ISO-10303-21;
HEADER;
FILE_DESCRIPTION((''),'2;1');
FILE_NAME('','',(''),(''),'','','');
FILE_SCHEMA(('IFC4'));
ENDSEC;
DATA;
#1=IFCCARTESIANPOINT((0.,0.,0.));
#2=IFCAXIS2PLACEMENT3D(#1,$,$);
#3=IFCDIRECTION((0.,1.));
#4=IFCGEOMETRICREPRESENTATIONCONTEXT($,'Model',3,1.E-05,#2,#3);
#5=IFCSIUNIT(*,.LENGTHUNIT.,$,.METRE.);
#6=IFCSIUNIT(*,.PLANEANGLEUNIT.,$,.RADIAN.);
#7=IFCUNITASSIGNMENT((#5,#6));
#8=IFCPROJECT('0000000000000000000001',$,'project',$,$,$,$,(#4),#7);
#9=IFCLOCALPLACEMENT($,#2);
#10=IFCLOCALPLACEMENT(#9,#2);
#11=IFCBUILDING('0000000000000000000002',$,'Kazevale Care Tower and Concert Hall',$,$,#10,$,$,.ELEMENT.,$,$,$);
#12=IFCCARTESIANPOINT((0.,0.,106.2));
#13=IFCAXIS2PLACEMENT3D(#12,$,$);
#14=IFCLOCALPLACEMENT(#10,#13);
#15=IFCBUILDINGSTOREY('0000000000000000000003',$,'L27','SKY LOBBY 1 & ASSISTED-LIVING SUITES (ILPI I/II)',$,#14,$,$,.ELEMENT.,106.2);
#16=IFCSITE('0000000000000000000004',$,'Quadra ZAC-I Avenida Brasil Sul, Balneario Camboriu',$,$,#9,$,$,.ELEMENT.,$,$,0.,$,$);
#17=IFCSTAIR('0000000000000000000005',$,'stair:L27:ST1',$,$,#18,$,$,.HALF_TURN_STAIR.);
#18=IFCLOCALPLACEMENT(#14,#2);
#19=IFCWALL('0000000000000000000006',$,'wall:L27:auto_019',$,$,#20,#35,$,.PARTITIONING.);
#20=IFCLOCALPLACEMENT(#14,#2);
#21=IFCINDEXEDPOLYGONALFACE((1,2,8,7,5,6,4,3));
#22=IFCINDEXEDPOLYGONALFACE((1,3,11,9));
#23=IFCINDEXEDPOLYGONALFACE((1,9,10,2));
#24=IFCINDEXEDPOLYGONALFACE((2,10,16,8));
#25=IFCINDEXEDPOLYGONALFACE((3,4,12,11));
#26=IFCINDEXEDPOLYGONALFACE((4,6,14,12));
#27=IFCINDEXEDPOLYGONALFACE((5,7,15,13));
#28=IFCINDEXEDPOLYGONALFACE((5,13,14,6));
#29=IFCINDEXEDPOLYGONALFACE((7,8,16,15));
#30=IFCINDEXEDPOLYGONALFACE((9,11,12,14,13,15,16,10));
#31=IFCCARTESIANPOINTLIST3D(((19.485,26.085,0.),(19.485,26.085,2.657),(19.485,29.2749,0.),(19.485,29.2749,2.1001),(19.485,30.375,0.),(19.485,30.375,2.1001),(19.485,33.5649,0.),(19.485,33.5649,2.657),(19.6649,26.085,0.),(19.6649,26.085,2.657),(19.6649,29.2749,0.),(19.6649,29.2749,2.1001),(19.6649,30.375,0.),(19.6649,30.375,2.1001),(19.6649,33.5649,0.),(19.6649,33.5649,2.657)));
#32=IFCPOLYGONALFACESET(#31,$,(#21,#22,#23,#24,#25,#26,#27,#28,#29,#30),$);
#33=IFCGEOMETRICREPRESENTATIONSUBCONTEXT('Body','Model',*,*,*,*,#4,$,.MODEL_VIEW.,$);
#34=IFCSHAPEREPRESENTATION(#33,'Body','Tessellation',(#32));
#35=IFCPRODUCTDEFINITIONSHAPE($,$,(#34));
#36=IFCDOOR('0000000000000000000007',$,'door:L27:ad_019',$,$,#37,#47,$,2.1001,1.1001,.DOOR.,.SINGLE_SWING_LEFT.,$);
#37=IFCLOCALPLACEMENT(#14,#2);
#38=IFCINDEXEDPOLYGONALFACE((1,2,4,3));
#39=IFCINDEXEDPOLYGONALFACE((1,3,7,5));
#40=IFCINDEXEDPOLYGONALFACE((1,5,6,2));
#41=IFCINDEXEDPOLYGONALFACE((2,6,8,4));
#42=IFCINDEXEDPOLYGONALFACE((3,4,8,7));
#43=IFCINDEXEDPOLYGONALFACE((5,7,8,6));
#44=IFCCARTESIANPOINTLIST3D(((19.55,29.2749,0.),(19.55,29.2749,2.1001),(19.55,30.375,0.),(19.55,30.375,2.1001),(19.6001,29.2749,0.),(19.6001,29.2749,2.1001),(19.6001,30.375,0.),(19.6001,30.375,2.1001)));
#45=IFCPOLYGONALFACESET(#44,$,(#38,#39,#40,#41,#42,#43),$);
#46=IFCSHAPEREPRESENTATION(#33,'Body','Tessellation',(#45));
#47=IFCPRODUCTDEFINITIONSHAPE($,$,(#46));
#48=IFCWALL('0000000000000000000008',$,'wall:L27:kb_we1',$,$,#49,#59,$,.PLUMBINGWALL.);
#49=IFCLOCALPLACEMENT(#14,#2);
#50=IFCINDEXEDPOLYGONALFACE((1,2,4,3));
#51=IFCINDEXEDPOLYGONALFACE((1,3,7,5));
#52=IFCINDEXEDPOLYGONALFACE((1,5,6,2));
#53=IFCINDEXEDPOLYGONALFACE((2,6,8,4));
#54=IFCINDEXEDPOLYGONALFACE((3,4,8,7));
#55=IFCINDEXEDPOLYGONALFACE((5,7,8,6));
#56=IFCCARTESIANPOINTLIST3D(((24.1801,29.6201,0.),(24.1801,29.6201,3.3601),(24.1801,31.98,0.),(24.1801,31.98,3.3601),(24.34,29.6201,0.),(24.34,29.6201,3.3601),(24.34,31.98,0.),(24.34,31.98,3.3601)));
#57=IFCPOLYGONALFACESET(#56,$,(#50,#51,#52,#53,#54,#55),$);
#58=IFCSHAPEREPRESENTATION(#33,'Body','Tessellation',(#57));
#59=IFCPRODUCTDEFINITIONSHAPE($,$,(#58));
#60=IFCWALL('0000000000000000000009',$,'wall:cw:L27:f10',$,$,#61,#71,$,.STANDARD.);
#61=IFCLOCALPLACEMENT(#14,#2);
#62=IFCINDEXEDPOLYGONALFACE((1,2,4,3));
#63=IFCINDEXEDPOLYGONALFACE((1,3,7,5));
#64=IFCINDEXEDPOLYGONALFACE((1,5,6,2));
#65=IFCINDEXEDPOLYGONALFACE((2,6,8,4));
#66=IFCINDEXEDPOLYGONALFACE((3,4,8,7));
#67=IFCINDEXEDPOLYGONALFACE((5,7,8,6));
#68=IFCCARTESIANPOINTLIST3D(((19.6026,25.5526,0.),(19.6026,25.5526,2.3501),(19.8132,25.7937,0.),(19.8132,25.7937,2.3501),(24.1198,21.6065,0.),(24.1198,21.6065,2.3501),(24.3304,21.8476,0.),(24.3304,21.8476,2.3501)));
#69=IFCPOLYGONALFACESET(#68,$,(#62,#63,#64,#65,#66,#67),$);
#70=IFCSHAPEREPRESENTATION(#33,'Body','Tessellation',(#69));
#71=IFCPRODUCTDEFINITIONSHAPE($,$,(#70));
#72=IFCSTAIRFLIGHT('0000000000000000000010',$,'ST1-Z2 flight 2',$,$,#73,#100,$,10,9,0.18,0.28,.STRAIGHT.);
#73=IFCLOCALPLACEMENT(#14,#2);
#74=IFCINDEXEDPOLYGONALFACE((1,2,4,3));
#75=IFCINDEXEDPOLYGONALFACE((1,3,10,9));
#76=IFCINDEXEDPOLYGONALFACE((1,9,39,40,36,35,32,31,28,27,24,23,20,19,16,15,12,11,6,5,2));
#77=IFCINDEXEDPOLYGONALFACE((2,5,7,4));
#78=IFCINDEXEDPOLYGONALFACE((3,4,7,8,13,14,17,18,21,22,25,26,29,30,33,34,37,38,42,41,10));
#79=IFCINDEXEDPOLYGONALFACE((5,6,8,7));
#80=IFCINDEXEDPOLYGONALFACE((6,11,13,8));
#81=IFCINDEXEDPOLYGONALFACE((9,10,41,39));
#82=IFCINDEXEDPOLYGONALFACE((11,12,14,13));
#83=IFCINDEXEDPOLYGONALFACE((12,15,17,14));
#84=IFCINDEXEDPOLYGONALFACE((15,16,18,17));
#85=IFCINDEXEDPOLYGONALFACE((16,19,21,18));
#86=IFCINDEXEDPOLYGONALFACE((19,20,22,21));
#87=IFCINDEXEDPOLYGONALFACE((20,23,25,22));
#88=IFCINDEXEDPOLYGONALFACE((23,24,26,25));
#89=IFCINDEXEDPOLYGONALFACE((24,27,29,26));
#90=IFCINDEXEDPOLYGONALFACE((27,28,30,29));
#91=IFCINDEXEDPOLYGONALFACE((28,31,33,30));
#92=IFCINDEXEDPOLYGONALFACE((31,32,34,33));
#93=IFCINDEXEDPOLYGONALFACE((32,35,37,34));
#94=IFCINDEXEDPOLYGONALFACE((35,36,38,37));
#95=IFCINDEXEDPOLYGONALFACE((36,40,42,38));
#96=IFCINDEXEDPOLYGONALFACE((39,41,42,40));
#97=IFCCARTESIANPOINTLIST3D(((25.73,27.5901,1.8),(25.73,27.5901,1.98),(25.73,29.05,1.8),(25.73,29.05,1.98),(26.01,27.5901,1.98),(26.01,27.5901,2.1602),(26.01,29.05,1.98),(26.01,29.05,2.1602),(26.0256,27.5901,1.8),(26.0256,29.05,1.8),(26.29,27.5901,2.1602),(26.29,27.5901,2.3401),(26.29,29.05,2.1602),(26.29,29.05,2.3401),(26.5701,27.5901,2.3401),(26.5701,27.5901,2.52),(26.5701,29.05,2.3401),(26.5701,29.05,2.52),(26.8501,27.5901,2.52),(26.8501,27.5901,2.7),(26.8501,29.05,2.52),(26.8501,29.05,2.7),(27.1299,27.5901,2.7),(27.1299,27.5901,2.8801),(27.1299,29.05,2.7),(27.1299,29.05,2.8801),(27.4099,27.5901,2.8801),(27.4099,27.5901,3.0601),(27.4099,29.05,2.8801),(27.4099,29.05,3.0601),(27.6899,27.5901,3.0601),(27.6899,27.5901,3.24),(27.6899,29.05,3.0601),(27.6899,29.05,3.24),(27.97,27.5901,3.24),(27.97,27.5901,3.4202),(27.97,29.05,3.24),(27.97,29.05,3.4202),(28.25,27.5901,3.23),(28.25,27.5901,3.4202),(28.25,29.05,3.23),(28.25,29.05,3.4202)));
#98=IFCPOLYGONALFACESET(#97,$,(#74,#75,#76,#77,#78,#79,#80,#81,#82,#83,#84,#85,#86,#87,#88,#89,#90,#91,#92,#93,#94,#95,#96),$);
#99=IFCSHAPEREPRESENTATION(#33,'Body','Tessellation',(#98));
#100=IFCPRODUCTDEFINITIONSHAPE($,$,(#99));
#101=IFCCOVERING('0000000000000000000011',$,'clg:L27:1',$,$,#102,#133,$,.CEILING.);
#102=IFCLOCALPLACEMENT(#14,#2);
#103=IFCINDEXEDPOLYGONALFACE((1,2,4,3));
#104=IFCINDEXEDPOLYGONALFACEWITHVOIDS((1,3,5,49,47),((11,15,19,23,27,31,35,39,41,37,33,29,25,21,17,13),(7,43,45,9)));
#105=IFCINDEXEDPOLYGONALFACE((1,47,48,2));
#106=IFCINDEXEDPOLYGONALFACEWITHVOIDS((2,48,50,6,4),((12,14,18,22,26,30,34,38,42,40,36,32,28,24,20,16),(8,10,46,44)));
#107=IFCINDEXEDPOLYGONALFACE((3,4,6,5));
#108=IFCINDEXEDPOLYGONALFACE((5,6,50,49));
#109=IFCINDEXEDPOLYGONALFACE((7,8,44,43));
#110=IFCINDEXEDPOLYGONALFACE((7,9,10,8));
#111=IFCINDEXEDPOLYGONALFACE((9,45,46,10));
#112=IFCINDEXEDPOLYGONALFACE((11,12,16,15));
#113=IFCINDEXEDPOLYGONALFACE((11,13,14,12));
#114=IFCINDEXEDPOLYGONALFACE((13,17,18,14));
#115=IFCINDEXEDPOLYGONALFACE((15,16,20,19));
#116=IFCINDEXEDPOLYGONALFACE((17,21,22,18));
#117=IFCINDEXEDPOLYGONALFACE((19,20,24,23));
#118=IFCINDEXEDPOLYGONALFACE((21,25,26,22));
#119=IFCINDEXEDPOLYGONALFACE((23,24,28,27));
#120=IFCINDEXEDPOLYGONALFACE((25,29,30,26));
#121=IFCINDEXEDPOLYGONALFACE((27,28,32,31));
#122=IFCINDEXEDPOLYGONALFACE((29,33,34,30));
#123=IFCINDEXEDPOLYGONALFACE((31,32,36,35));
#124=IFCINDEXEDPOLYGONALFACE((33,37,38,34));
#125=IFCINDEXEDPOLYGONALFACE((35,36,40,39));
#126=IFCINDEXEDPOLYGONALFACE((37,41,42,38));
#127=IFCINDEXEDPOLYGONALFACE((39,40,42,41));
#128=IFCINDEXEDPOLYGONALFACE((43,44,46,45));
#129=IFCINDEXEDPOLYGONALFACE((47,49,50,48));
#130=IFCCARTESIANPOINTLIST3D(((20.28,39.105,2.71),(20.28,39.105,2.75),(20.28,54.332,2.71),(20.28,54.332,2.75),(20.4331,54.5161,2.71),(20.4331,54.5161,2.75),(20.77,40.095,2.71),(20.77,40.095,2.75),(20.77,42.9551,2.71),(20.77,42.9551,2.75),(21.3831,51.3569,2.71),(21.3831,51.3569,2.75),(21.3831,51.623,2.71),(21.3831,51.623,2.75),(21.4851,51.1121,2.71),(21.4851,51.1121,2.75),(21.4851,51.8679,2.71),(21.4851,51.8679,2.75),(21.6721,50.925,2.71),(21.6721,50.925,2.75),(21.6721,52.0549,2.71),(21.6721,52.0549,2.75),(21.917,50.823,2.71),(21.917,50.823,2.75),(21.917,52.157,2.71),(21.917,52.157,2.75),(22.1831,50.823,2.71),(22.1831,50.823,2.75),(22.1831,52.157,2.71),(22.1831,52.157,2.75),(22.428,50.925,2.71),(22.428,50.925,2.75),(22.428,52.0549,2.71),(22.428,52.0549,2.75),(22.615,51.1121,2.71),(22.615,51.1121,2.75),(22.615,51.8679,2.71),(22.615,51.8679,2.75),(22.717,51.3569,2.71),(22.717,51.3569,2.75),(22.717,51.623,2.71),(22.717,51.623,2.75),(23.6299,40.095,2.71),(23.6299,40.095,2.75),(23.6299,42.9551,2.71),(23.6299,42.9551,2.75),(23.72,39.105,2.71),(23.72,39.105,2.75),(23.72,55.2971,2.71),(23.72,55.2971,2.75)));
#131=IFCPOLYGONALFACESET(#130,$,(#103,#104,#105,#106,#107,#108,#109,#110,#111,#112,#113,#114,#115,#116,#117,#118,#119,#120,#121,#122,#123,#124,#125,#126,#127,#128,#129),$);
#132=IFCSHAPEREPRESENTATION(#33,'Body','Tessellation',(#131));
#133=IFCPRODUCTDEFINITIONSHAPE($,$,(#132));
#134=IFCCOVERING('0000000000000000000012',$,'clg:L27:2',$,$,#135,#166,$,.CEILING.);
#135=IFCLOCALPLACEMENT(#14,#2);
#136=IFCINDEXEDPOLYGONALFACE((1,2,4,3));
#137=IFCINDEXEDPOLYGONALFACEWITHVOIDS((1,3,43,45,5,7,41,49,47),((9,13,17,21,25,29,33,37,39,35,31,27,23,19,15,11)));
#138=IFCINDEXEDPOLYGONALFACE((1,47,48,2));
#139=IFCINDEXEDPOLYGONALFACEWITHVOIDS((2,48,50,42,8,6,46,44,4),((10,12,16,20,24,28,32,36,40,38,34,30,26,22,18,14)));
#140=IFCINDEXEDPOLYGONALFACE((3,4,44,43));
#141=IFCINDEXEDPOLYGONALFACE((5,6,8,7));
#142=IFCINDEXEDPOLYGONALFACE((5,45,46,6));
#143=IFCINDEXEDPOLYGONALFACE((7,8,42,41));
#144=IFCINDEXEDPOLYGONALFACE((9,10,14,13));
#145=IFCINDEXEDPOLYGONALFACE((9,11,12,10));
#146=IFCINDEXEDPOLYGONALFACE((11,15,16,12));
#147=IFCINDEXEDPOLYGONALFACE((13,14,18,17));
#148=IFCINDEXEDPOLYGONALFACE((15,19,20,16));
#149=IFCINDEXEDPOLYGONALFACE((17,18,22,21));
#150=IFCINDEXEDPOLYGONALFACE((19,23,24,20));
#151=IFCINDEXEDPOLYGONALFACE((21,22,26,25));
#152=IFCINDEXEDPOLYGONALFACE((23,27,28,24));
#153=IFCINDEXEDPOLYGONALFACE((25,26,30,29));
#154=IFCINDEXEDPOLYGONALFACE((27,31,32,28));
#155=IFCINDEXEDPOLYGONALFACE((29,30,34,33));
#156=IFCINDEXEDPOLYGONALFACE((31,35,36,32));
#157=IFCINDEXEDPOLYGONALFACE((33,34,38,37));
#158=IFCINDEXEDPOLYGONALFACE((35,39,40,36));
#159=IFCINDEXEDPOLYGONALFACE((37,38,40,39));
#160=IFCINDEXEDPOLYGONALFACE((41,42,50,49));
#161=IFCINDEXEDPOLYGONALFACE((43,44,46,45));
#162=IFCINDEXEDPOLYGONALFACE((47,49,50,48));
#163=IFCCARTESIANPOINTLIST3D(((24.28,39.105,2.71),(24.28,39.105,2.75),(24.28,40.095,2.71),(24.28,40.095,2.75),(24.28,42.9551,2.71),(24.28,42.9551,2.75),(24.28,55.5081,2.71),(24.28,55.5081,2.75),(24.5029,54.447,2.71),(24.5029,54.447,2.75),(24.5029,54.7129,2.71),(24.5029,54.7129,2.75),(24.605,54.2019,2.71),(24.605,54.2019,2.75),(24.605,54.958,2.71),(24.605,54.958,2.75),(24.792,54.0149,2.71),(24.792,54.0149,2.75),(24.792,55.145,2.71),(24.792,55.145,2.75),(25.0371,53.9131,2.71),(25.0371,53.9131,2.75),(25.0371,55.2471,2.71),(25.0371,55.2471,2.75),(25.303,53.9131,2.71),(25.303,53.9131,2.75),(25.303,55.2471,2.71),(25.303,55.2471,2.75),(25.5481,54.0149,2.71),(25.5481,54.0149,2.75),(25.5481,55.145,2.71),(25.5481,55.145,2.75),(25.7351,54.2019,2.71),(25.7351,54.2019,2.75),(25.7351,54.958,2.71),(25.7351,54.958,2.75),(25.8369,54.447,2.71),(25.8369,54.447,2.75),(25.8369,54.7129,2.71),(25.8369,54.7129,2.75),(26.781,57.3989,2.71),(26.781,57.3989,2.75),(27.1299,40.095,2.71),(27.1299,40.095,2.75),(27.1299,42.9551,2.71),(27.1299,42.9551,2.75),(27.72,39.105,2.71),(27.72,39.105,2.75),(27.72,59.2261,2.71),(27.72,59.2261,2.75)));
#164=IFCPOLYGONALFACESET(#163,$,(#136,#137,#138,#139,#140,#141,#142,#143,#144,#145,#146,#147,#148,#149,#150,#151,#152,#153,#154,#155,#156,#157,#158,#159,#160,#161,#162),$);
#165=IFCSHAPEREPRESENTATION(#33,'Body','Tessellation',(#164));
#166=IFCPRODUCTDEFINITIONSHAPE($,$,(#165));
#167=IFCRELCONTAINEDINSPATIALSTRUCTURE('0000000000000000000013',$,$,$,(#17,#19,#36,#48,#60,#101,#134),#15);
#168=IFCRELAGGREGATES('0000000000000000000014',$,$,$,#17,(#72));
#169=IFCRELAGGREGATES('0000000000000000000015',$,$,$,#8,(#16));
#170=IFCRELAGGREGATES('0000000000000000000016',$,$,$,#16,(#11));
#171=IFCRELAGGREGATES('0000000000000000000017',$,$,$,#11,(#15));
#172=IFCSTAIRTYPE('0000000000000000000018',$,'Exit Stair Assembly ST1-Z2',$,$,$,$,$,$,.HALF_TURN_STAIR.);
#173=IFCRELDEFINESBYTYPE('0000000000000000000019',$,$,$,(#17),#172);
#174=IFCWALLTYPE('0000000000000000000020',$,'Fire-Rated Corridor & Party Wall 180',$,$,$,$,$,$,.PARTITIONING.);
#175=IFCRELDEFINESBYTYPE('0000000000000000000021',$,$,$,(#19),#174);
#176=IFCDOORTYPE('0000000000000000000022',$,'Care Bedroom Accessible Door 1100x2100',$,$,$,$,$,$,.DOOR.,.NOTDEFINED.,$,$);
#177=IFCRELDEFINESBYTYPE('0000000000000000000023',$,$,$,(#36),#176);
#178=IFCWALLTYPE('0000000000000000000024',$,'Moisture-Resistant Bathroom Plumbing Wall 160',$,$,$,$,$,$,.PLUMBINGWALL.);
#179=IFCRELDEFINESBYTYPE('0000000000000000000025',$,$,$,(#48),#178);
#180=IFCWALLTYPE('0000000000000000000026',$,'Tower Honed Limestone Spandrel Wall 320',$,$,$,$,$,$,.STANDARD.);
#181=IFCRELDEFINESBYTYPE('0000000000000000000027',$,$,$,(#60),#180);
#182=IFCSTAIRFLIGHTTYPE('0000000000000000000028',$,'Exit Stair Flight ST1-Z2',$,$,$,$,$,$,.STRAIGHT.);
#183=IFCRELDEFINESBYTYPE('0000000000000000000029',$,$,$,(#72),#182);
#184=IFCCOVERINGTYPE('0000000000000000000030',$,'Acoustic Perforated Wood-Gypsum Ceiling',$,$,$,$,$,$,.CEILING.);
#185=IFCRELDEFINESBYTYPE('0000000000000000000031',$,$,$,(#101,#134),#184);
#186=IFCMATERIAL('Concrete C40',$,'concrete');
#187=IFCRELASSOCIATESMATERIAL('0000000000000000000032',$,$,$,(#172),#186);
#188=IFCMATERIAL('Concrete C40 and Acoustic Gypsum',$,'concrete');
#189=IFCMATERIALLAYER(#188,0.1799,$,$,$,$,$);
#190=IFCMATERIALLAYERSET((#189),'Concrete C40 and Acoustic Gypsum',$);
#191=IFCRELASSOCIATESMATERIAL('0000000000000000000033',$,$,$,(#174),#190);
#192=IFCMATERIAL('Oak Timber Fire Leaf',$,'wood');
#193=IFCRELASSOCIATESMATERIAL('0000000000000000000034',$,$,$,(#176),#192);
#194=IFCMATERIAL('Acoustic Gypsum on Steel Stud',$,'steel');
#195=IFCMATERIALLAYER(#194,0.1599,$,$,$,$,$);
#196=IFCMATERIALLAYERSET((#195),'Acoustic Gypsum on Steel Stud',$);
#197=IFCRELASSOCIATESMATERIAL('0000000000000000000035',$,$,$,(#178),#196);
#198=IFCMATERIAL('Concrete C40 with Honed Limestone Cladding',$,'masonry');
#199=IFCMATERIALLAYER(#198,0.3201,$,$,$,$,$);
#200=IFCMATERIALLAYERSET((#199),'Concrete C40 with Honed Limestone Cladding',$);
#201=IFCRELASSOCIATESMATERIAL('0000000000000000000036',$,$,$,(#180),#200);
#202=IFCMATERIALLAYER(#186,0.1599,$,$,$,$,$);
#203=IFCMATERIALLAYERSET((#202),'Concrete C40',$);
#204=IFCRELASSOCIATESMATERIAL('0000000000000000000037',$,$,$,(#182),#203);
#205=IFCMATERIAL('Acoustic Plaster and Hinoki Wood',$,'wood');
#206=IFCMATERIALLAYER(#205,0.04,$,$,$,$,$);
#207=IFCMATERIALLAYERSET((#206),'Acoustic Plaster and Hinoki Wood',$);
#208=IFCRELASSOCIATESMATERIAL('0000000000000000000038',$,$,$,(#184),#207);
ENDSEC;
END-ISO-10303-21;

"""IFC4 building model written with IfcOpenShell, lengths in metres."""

from ifc_helpers import new_model, si_unit, direction, frame, frame_2d, origin, place, context, subcontext, project, spatial, polyline, rectangle, outline, extrude, material, layer, layer_set, type_object, element, fill, aggregate, save


model = new_model("IFC4")

# Units and contexts
model_context = context("Model", 3, precision=1e-05, world=origin(), true_north=direction((0.0, 1.0)))
body_context = subcontext(model_context, "Body", "Model", "MODEL_VIEW")
ifc_project = project(units=[si_unit("LENGTHUNIT", "METRE"), si_unit("PLANEANGLEUNIT", "RADIAN")], contexts=[model_context])

# Site, building, storey
site_placement = place(None, origin())
site = spatial("IfcSite", under=ifc_project, at=site_placement, Name="Quadra ZAC-I Avenida Brasil Sul, Balneario Camboriu", CompositionType="ELEMENT", RefElevation=0.0)
building_placement = place(site_placement, origin())
building = spatial("IfcBuilding", under=site, at=building_placement, Name="Kazevale Care Tower and Concert Hall", CompositionType="ELEMENT")
storey_placement = place(building_placement, frame((0.0, 0.0, 106.2)))
storey = spatial("IfcBuildingStorey", under=building, at=storey_placement, Name="L27", Description="SKY LOBBY 1 & ASSISTED-LIVING SUITES (ILPI I/II)", CompositionType="ELEMENT", Elevation=106.2)

# Shared definitions
ifc_material_1 = material(Name="Concrete C40", Category="concrete")

# Stair
stair_type = type_object("IfcStairType", Name="Exit Stair Assembly ST1-Z2", PredefinedType="HALF_TURN_STAIR", material=ifc_material_1)
stair_1_placement = place(storey_placement, origin())
stair_1 = element("IfcStair", 1, at=stair_1_placement, inside=storey, type_object=stair_type, Name="stair:L27:ST1", PredefinedType="HALF_TURN_STAIR")

# Wall, opening, door
ifc_material_2 = material(Name="Concrete C40 and Acoustic Gypsum", Category="concrete")
ifc_layer_1 = layer(ifc_material_2, 0.1799)
ifc_layer_set_1 = layer_set([ifc_layer_1], Name="Concrete C40 and Acoustic Gypsum")
wall_type_1 = type_object("IfcWallType", Name="Fire-Rated Corridor & Party Wall 180", PredefinedType="PARTITIONING", material=ifc_layer_set_1)
wall_1_placement = place(storey_placement, frame((19.575, 26.085, 0.0), z_axis=(0.0, 0.0, 1.0), x_axis=(0.0, 1.0, 0.0)))
wall_1 = element("IfcWall", 2, at=wall_1_placement, inside=storey, type_object=wall_type_1, Name="wall:L27:auto_019", PredefinedType="PARTITIONING", context=body_context, shape_type="SweptSolid", body=[
    extrude(rectangle(XDim=7.48, YDim=0.1799, at=frame_2d((3.74, 0.0))), origin(), (0.0, 0.0, 1.0), 2.657),
])
opening_1_placement = place(wall_1_placement, frame((3.1899, 0.0, 0.0)))
opening_1 = element("IfcOpeningElement", 3, at=opening_1_placement, cuts=wall_1, PredefinedType="OPENING", context=body_context, shape_type="SweptSolid", body=[
    extrude(rectangle(XDim=1.1001, YDim=2.1001, at=frame_2d((0.55, 1.05))), frame((0.0, 0.0999, 0.0), z_axis=(0.0, -1.0, 0.0), x_axis=(1.0, 0.0, 0.0)), (0.0, 0.0, 1.0), 0.2),
])
ifc_material_3 = material(Name="Oak Timber Fire Leaf", Category="wood")
door_type_1 = type_object("IfcDoorType", Name="Care Bedroom Accessible Door 1100x2100", OperationType="NOTDEFINED", PredefinedType="DOOR", material=ifc_material_3)
door_1_placement = place(opening_1_placement, origin())
door_1 = element("IfcDoor", 4, at=door_1_placement, inside=storey, type_object=door_type_1, Name="door:L27:ad_019", OperationType="SINGLE_SWING_LEFT", OverallHeight=2.1001, OverallWidth=1.1001, PredefinedType="DOOR", context=body_context, shape_type="SweptSolid", body=[
    extrude(rectangle(XDim=1.1001, YDim=2.1001, at=frame_2d((0.55, 1.05))), frame((0.0, 0.0249, 0.0), z_axis=(0.0, -1.0, 0.0), x_axis=(1.0, 0.0, 0.0)), (0.0, 0.0, 1.0), 0.05),
])
fill(opening_1, door_1)

# Walls
ifc_material_4 = material(Name="Acoustic Gypsum on Steel Stud", Category="steel")
ifc_layer_2 = layer(ifc_material_4, 0.1599)
ifc_layer_set_2 = layer_set([ifc_layer_2], Name="Acoustic Gypsum on Steel Stud")
wall_type_2 = type_object("IfcWallType", Name="Moisture-Resistant Bathroom Plumbing Wall 160", PredefinedType="PLUMBINGWALL", material=ifc_layer_set_2)
wall_2_placement = place(storey_placement, frame((24.26, 29.6201, 0.0), z_axis=(0.0, 0.0, 1.0), x_axis=(0.0, 1.0, 0.0)))
element("IfcWall", 5, at=wall_2_placement, inside=storey, type_object=wall_type_2, Name="wall:L27:kb_we1", PredefinedType="PLUMBINGWALL", context=body_context, shape_type="SweptSolid", body=[
    extrude(rectangle(XDim=2.3599, YDim=0.1599, at=frame_2d((1.1799, 0.0))), origin(), (0.0, 0.0, 1.0), 3.3601),
])
ifc_material_5 = material(Name="Concrete C40 with Honed Limestone Cladding", Category="masonry")
ifc_layer_3 = layer(ifc_material_5, 0.3201)
ifc_layer_set_3 = layer_set([ifc_layer_3], Name="Concrete C40 with Honed Limestone Cladding")
wall_type_3 = type_object("IfcWallType", Name="Tower Honed Limestone Spandrel Wall 320", PredefinedType="STANDARD", material=ifc_layer_set_3)
wall_3_placement = place(storey_placement, frame((24.2251, 21.7271, 0.0), z_axis=(0.0, 0.0, 1.0), x_axis=(-0.753106, 0.657899, 0.0)))
element("IfcWall", 6, at=wall_3_placement, inside=storey, type_object=wall_type_3, Name="wall:cw:L27:f10", PredefinedType="STANDARD", context=body_context, shape_type="SweptSolid", body=[
    extrude(rectangle(XDim=5.998, YDim=0.3201, at=frame_2d((2.999, 0.0))), origin(), (0.0, 0.0, 1.0), 2.3501),
])

# Stair flight
ifc_layer_4 = layer(ifc_material_1, 0.1599)
ifc_layer_set_4 = layer_set([ifc_layer_4], Name="Concrete C40")
stair_flight_type = type_object("IfcStairFlightType", Name="Exit Stair Flight ST1-Z2", PredefinedType="STRAIGHT", material=ifc_layer_set_4)
stair_flight_placement = place(storey_placement, frame((25.73, 28.3201, 1.8), z_axis=(0.0, 0.0, 1.0), x_axis=(1.0, 0.0, 0.0)))
stair_flight = element("IfcStairFlight", 7, at=stair_flight_placement, type_object=stair_flight_type, Name="ST1-Z2 flight 2", NumberOfRisers=10, NumberOfTreads=9, PredefinedType="STRAIGHT", RiserHeight=0.18, TreadLength=0.28, context=body_context, shape_type="SweptSolid", body=[
    extrude(outline(polyline([(0.0, 0.0), (0.0, 0.1799), (0.28, 0.1799), (0.28, 0.3601), (0.5601, 0.3601), (0.5601, 0.54), (0.8401, 0.54), (0.8401, 0.72), (1.1201, 0.72), (1.1201, 0.8999), (1.3999, 0.8999), (1.3999, 1.0801), (1.6799, 1.0801), (1.6799, 1.26), (1.96, 1.26), (1.96, 1.4399), (2.24, 1.4399), (2.24, 1.6201), (2.52, 1.6201), (2.52, 1.8), (2.52, 1.4299), (0.2957, 0.0), (0.0, 0.0)])), frame((0.0, 0.73, 0.0), z_axis=(0.0, -1.0, 0.0), x_axis=(1.0, 0.0, 0.0)), (0.0, 0.0, 1.0), 1.46),
])
aggregate(stair_1, [stair_flight])

# Coverings
ifc_material_6 = material(Name="Acoustic Plaster and Hinoki Wood", Category="wood")
ifc_layer_5 = layer(ifc_material_6, 0.04)
ifc_layer_set_5 = layer_set([ifc_layer_5], Name="Acoustic Plaster and Hinoki Wood")
covering_type = type_object("IfcCoveringType", Name="Acoustic Perforated Wood-Gypsum Ceiling", PredefinedType="CEILING", material=ifc_layer_set_5)
covering_1_placement = place(storey_placement, frame((0.0, 0.0, 2.71)))
element("IfcCovering", 8, at=covering_1_placement, inside=storey, type_object=covering_type, Name="clg:L27:1", PredefinedType="CEILING", context=body_context, shape_type="SweptSolid", body=[
    extrude(outline(polyline([(23.72, 39.105), (20.28, 39.105), (20.28, 54.332), (20.4331, 54.5161), (23.72, 55.2971), (23.72, 39.105)]), holes=[polyline([(20.77, 42.9551), (20.77, 40.095), (23.6299, 40.095), (23.6299, 42.9551), (20.77, 42.9551)]), polyline([(22.717, 51.623), (22.615, 51.8679), (22.428, 52.0549), (22.1831, 52.157), (21.917, 52.157), (21.6721, 52.0549), (21.4851, 51.8679), (21.3831, 51.623), (21.3831, 51.3569), (21.4851, 51.1121), (21.6721, 50.925), (21.917, 50.823), (22.1831, 50.823), (22.428, 50.925), (22.615, 51.1121), (22.717, 51.3569), (22.717, 51.623)])]), origin(), (0.0, 0.0, 1.0), 0.04),
])
covering_2_placement = place(storey_placement, frame((0.0, 0.0, 2.71)))
element("IfcCovering", 9, at=covering_2_placement, inside=storey, type_object=covering_type, Name="clg:L27:2", PredefinedType="CEILING", context=body_context, shape_type="SweptSolid", body=[
    extrude(outline(polyline([(27.1299, 40.095), (27.1299, 42.9551), (24.28, 42.9551), (24.28, 55.5081), (26.781, 57.3989), (27.72, 59.2261), (27.72, 39.105), (24.28, 39.105), (24.28, 40.095), (27.1299, 40.095)]), holes=[polyline([(25.8369, 54.7129), (25.7351, 54.958), (25.5481, 55.145), (25.303, 55.2471), (25.0371, 55.2471), (24.792, 55.145), (24.605, 54.958), (24.5029, 54.7129), (24.5029, 54.447), (24.605, 54.2019), (24.792, 54.0149), (25.0371, 53.9131), (25.303, 53.9131), (25.5481, 54.0149), (25.7351, 54.2019), (25.8369, 54.447), (25.8369, 54.7129)])]), origin(), (0.0, 0.0, 1.0), 0.04),
])

save(model, "model.ifc")
